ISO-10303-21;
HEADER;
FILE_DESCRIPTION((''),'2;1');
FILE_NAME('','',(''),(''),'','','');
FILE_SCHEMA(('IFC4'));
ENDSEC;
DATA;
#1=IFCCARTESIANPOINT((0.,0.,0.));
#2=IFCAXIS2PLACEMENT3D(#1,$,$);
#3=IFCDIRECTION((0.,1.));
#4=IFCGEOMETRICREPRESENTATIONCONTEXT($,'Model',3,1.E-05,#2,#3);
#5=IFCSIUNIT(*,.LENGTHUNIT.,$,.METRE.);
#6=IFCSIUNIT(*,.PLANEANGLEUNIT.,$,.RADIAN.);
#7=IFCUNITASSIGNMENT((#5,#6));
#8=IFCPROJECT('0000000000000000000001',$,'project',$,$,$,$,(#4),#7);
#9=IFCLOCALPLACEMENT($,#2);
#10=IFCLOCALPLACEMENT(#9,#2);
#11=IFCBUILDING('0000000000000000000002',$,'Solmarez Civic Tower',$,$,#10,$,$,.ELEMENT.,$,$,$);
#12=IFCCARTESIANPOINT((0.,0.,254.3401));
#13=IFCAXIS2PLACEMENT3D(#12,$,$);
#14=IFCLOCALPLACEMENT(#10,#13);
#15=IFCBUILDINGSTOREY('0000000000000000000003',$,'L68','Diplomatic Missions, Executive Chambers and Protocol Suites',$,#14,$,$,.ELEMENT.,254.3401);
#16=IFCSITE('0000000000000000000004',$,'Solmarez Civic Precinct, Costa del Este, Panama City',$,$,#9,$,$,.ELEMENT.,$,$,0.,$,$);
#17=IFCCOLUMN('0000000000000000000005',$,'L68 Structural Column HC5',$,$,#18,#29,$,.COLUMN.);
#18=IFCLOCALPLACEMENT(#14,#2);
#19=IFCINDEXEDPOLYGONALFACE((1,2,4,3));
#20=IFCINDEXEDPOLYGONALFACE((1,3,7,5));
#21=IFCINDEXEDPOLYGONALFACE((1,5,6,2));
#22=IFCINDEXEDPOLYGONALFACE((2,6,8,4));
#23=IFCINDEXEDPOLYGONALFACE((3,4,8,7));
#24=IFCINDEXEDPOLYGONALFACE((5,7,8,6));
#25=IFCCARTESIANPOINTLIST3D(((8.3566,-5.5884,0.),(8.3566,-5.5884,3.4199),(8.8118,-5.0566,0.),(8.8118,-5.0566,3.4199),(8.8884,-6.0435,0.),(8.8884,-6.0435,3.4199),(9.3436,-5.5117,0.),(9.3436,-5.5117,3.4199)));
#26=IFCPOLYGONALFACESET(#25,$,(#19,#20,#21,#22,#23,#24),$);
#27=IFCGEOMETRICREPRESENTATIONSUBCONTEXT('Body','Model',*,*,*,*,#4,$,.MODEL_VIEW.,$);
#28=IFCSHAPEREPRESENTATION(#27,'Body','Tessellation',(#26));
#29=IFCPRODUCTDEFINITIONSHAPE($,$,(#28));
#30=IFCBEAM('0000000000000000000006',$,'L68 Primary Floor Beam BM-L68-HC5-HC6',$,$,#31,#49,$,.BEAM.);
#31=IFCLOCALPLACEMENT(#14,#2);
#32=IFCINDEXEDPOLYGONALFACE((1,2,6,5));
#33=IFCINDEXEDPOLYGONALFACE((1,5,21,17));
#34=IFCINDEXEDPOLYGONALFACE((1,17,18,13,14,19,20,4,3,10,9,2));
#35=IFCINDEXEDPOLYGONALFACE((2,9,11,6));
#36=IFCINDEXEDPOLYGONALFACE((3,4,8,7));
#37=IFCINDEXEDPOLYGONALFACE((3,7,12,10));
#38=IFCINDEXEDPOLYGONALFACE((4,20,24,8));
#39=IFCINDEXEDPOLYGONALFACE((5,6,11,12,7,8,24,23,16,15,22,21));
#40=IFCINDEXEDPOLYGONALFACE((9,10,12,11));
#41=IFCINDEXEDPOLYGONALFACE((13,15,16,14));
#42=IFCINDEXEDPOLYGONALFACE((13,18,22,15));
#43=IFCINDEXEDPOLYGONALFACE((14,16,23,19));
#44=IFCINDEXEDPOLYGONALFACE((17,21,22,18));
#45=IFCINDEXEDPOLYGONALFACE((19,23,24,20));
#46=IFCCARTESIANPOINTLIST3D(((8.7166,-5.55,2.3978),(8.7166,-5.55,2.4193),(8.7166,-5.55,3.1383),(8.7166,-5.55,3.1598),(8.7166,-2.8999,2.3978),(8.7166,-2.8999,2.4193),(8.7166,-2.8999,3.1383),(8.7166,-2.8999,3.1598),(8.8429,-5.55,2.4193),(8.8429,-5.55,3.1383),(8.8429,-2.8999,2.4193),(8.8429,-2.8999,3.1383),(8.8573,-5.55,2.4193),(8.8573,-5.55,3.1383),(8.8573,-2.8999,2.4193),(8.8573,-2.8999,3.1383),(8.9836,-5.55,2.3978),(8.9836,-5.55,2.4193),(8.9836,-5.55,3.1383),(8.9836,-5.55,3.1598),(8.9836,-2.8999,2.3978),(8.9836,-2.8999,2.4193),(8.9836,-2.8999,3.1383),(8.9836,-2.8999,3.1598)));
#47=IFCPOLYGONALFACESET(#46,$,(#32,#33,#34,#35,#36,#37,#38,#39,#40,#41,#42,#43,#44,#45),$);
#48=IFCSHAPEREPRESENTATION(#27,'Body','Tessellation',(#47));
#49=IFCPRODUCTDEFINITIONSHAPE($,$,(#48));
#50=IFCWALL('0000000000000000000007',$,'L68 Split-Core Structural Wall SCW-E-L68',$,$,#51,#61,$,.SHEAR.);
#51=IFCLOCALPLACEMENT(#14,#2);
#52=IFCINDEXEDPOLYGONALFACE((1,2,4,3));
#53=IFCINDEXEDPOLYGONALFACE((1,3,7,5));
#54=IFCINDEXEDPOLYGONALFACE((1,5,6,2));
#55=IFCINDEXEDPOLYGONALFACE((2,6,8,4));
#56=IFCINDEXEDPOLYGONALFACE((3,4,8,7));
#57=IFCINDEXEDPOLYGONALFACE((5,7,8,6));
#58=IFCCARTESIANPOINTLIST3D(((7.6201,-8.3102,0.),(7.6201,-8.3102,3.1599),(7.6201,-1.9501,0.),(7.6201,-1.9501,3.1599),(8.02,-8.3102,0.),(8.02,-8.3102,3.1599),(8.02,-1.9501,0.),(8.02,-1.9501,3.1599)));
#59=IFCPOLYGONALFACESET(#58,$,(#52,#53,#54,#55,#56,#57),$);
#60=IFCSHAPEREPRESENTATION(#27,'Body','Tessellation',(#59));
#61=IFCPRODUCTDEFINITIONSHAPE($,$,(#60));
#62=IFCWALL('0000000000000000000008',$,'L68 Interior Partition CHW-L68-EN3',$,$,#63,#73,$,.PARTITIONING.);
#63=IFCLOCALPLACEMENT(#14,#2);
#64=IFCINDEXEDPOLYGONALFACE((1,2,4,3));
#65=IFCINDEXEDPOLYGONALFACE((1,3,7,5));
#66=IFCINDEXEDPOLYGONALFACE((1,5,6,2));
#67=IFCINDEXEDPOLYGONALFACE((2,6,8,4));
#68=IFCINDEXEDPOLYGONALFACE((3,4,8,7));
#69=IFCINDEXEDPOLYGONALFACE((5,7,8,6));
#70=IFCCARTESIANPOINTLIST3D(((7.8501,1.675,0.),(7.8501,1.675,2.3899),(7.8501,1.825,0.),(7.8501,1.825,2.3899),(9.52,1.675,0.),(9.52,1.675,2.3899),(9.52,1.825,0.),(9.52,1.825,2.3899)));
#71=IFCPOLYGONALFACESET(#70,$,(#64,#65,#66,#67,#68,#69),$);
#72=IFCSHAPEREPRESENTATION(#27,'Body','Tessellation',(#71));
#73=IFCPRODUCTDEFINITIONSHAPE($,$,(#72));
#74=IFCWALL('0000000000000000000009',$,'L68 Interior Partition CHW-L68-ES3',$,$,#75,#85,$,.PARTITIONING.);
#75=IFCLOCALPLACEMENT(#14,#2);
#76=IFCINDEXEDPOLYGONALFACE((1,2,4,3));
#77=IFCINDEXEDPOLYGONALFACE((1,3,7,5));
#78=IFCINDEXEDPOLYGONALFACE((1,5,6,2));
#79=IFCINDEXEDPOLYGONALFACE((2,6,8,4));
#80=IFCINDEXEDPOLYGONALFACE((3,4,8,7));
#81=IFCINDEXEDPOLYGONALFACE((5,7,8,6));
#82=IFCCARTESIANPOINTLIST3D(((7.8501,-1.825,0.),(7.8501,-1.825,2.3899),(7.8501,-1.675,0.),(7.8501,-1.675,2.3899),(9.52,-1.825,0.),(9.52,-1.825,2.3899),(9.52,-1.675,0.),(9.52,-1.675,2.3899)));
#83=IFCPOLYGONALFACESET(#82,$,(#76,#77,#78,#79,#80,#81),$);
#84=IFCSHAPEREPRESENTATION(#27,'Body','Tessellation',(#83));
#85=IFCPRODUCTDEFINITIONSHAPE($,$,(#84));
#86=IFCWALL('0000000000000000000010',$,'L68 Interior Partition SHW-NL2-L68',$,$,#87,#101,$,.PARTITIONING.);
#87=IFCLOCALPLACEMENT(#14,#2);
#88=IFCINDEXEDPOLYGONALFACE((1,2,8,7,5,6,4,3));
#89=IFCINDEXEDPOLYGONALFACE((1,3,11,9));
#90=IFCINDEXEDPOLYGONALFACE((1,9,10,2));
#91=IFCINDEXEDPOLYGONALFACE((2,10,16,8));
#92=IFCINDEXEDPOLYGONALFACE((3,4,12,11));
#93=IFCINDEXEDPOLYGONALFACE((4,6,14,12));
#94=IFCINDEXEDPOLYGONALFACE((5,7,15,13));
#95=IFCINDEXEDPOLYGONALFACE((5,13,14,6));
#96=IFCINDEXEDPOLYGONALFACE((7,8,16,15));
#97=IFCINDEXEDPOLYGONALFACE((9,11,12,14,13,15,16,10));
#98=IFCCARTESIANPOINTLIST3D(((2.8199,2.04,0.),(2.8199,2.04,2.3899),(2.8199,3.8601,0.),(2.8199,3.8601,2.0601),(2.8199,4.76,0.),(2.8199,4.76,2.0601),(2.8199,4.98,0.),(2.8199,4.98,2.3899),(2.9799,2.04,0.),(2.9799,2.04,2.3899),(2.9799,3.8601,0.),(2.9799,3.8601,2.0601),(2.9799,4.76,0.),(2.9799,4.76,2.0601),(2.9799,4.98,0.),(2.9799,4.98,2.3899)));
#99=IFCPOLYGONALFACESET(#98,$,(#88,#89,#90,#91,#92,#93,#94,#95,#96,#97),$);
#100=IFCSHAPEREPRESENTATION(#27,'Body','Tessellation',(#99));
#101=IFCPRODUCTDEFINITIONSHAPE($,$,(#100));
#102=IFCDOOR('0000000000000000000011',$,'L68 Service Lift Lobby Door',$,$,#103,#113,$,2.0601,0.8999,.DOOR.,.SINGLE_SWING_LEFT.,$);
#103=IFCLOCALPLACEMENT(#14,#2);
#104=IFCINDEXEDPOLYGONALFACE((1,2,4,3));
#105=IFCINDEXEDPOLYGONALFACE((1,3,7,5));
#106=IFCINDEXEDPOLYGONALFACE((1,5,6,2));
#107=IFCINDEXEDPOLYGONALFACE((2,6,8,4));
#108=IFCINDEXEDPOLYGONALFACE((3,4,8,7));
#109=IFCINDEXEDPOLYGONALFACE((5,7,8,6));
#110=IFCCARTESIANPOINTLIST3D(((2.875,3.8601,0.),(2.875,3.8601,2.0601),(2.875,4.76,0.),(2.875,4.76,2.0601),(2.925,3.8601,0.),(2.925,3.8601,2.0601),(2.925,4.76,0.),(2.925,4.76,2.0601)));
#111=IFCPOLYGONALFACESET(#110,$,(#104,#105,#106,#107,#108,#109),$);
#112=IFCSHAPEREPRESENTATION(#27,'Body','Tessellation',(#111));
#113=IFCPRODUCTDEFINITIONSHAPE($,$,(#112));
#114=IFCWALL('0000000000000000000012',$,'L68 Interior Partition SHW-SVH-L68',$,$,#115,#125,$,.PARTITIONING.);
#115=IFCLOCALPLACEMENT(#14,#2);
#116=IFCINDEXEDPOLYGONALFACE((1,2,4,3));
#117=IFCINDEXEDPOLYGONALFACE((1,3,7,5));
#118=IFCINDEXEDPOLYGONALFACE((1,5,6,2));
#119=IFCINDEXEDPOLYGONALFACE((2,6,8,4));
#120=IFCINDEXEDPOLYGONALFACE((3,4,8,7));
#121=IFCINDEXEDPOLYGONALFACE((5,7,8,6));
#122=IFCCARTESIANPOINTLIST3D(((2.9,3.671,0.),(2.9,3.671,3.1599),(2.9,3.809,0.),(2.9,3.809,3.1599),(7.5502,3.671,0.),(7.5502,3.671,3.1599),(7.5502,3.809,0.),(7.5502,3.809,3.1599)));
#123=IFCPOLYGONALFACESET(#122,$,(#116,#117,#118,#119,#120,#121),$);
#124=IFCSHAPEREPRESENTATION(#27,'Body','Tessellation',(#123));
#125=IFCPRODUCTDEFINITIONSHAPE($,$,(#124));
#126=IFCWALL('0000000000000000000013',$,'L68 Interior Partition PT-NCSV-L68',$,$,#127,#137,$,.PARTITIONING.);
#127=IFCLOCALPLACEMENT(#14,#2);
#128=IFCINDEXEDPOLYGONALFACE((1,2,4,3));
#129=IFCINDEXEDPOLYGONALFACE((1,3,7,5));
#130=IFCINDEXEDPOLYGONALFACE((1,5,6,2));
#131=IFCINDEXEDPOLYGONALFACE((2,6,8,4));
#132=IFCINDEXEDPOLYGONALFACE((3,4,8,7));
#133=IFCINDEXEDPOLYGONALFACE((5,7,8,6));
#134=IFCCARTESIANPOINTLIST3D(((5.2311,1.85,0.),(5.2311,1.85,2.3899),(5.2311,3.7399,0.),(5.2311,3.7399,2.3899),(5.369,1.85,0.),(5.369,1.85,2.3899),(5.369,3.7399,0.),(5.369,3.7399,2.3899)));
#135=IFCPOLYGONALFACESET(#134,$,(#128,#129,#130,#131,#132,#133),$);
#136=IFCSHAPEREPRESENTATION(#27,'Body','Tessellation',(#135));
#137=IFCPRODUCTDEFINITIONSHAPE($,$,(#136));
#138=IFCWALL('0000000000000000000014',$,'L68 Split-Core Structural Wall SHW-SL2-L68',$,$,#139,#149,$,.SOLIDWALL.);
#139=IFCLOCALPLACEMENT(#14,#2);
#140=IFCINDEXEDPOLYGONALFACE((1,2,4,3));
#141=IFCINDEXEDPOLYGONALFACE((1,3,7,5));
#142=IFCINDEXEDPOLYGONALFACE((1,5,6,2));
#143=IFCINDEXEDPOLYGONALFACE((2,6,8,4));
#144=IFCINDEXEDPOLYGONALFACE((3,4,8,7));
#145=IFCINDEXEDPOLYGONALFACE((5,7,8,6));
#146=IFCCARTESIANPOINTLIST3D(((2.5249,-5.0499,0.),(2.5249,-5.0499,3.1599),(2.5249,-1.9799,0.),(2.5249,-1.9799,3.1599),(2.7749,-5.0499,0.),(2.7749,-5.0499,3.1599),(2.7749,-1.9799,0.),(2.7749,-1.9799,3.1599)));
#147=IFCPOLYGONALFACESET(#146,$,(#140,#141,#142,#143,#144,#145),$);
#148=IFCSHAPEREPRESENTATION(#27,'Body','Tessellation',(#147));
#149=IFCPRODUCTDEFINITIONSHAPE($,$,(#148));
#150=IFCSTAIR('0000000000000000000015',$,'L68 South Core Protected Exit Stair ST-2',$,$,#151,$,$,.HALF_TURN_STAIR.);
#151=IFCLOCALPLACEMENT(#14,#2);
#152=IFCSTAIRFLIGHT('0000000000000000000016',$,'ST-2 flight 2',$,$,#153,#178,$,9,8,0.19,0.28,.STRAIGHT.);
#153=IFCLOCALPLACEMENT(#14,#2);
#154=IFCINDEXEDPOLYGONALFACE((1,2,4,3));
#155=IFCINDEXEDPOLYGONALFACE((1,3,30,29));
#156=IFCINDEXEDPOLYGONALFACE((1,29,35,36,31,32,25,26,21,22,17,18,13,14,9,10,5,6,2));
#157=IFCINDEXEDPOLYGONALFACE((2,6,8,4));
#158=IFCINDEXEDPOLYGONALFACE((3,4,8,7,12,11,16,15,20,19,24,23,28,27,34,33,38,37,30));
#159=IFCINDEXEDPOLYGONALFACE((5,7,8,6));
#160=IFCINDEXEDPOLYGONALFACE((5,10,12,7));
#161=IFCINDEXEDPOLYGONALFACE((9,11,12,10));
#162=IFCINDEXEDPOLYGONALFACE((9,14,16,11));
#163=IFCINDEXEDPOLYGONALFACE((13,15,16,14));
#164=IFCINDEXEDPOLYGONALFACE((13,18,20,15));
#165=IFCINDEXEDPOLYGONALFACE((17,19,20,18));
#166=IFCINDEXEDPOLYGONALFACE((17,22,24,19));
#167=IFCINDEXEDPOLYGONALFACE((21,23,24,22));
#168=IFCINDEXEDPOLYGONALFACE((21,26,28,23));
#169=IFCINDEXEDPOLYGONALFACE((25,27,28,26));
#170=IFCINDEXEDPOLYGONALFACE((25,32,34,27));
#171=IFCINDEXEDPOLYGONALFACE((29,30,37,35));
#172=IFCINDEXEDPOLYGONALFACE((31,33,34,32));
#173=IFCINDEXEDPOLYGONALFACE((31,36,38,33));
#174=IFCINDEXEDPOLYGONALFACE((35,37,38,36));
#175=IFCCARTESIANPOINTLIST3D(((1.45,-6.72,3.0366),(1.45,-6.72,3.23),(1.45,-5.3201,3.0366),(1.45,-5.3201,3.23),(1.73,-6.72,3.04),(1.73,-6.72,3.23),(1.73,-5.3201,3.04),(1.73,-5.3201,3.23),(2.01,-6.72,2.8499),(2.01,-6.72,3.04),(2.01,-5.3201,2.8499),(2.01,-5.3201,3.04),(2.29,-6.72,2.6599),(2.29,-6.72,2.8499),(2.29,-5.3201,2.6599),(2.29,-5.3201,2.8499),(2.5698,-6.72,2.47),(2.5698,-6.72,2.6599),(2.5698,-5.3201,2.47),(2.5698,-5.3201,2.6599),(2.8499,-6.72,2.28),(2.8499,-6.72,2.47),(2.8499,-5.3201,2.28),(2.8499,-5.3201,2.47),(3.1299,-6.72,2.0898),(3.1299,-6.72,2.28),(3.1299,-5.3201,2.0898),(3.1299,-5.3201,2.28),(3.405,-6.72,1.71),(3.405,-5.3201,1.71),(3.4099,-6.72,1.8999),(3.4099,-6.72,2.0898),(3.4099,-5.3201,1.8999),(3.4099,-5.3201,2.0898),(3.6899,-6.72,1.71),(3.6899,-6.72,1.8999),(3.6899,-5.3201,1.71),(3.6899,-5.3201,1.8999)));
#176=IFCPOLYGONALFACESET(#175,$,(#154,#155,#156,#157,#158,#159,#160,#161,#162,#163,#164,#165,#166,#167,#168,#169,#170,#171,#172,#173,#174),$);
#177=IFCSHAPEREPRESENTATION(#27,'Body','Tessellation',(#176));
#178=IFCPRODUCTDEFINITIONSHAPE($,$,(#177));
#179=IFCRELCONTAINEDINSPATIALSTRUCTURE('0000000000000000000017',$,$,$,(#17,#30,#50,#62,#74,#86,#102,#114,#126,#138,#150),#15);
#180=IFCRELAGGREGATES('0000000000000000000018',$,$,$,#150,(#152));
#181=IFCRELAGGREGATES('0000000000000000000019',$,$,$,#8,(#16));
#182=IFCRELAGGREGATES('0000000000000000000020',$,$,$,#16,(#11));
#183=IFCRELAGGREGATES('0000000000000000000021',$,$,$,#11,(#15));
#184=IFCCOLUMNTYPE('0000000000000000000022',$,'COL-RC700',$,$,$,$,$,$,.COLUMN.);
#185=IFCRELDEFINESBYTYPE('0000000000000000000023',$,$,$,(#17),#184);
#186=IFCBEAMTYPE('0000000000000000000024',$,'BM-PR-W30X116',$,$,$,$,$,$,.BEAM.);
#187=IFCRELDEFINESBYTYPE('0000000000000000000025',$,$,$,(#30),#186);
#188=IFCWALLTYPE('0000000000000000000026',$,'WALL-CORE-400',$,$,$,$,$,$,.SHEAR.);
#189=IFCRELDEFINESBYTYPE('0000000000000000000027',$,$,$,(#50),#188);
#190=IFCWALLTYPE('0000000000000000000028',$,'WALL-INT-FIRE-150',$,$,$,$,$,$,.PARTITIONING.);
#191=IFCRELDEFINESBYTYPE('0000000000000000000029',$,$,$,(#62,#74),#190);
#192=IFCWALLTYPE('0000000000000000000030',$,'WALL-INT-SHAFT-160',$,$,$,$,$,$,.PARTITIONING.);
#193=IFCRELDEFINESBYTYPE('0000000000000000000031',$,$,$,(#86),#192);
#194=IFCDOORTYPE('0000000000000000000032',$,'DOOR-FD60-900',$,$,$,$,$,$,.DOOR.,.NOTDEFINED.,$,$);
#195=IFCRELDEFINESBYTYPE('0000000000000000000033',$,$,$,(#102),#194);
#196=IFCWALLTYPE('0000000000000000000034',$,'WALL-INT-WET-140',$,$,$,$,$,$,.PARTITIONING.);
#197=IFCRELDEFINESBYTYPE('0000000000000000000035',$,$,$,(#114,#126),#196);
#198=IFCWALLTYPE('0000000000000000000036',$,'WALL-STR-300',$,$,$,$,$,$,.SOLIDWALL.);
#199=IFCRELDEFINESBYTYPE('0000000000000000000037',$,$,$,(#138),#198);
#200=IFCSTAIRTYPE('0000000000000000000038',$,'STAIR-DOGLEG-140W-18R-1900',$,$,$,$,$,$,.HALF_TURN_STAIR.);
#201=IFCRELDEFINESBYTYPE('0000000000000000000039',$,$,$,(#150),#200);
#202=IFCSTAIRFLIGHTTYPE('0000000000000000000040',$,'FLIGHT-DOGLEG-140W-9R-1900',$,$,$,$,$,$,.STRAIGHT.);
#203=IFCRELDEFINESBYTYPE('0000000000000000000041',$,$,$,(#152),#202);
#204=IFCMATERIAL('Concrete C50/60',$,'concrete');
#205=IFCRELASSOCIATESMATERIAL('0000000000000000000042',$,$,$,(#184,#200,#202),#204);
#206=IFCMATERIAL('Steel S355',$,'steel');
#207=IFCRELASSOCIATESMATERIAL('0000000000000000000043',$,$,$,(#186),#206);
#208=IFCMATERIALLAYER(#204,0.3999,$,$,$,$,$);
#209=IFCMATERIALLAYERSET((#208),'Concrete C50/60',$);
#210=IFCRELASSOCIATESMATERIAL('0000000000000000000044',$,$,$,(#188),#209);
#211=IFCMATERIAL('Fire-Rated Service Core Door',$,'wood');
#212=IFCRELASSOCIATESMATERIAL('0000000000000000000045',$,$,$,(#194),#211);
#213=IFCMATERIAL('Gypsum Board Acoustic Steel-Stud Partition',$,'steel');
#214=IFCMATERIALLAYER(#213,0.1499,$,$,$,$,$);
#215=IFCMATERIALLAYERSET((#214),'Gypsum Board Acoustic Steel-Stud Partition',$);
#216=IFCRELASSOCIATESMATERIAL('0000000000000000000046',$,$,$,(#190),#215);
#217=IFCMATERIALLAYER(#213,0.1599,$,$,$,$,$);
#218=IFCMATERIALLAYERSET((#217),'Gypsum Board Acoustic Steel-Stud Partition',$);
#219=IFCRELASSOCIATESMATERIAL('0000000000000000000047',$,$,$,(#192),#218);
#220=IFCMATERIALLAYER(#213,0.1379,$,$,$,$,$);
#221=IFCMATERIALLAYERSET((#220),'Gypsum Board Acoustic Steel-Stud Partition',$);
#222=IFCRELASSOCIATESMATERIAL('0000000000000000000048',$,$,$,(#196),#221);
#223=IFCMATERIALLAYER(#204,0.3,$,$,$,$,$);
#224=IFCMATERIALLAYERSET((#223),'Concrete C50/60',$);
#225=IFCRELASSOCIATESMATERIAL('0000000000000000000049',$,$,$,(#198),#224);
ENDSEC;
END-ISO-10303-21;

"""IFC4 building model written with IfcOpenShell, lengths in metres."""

from ifc_helpers import new_model, si_unit, direction, frame, frame_2d, origin, origin_2d, place, context, subcontext, project, spatial, polyline, rectangle, i_section, outline, extrude, material, layer, layer_set, material_profile, profile_set, type_object, element, fill, aggregate, save


model = new_model("IFC4")

# Units and contexts
model_context = context("Model", 3, precision=1e-05, world=origin(), true_north=direction((0.0, 1.0)))
body_context = subcontext(model_context, "Body", "Model", "MODEL_VIEW")
ifc_project = project(units=[si_unit("LENGTHUNIT", "METRE"), si_unit("PLANEANGLEUNIT", "RADIAN")], contexts=[model_context])

# Site, building, storey
site_placement = place(None, origin())
site = spatial("IfcSite", under=ifc_project, at=site_placement, Name="Solmarez Civic Precinct, Costa del Este, Panama City", CompositionType="ELEMENT", RefElevation=0.0)
building_placement = place(site_placement, origin())
building = spatial("IfcBuilding", under=site, at=building_placement, Name="Solmarez Civic Tower", CompositionType="ELEMENT")
storey_placement = place(building_placement, frame((0.0, 0.0, 254.3401)))
storey = spatial("IfcBuildingStorey", under=building, at=storey_placement, Name="L68", Description="Diplomatic Missions, Executive Chambers and Protocol Suites", CompositionType="ELEMENT", Elevation=254.3401)

# Column
ifc_material_1 = material(Name="Concrete C50/60", Category="concrete")
ifc_material_profile_1 = material_profile(ifc_material_1, rectangle(XDim=0.7, YDim=0.7, at=origin_2d()), Name="RC700X700")
ifc_profile_set_1 = profile_set([ifc_material_profile_1], Name="Concrete C50/60")
column_type = type_object("IfcColumnType", Name="COL-RC700", PredefinedType="COLUMN", material=ifc_profile_set_1)
column_placement = place(storey_placement, frame((8.8501, -5.55, 0.0), z_axis=(0.0, 0.0, 1.0), x_axis=(0.650244, 0.759725, 0.0)))
element("IfcColumn", 1, at=column_placement, inside=storey, type_object=column_type, Name="L68 Structural Column HC5", PredefinedType="COLUMN", context=body_context, shape_type="SweptSolid", body=[
    extrude(rectangle(XDim=0.7, YDim=0.7, at=origin_2d()), origin(), (0.0, 0.0, 1.0), 3.4199),
])

# Beam
ifc_material_2 = material(Name="Steel S355", Category="steel")
ifc_material_profile_2 = material_profile(ifc_material_2, i_section(OverallWidth=0.2671, OverallDepth=0.762, WebThickness=0.0144, FlangeThickness=0.0215, at=origin_2d()), Name="W30X116")
ifc_profile_set_2 = profile_set([ifc_material_profile_2], Name="Steel S355")
beam_type = type_object("IfcBeamType", Name="BM-PR-W30X116", PredefinedType="BEAM", material=ifc_profile_set_2)
beam_placement = place(storey_placement, frame((8.8501, -5.55, 2.7788), z_axis=(0.0, 1.0, 0.0), x_axis=(-1.0, 0.0, 0.0)))
element("IfcBeam", 2, at=beam_placement, inside=storey, type_object=beam_type, Name="L68 Primary Floor Beam BM-L68-HC5-HC6", PredefinedType="BEAM", context=body_context, shape_type="SweptSolid", body=[
    extrude(i_section(OverallWidth=0.2671, OverallDepth=0.762, WebThickness=0.0144, FlangeThickness=0.0215, at=origin_2d()), origin(), (0.0, 0.0, 1.0), 2.6501),
])

# Shared definitions
ifc_layer_1 = layer(ifc_material_1, 0.3999)
ifc_layer_set_1 = layer_set([ifc_layer_1], Name="Concrete C50/60")
wall_type_1 = type_object("IfcWallType", Name="WALL-CORE-400", PredefinedType="SHEAR", material=ifc_layer_set_1)
ifc_material_3 = material(Name="Fire-Rated Service Core Door", Category="wood")
door_type_1 = type_object("IfcDoorType", Name="DOOR-FD60-900", OperationType="NOTDEFINED", PredefinedType="DOOR", material=ifc_material_3)

# Walls
wall_1_placement = place(storey_placement, frame((7.8201, -1.95, 0.0), z_axis=(0.0, 0.0, 1.0), x_axis=(0.0, -1.0, 0.0)))
element("IfcWall", 3, at=wall_1_placement, inside=storey, type_object=wall_type_1, Name="L68 Split-Core Structural Wall SCW-E-L68", PredefinedType="SHEAR", context=body_context, shape_type="SweptSolid", body=[
    extrude(rectangle(XDim=6.3601, YDim=0.3999, at=frame_2d((3.1802, 0.0))), origin(), (0.0, 0.0, 1.0), 3.1599),
])
ifc_material_4 = material(Name="Gypsum Board Acoustic Steel-Stud Partition", Category="steel")
ifc_layer_2 = layer(ifc_material_4, 0.1499)
ifc_layer_set_2 = layer_set([ifc_layer_2], Name="Gypsum Board Acoustic Steel-Stud Partition")
wall_type_2 = type_object("IfcWallType", Name="WALL-INT-FIRE-150", PredefinedType="PARTITIONING", material=ifc_layer_set_2)
for number, where, z_axis, x_axis, name in (
    (4, (7.8501, 1.75, 0.0), (0.0, 0.0, 1.0), (1.0, 0.0, 0.0), "L68 Interior Partition CHW-L68-EN3"),
    (5, (7.8501, -1.75, 0.0), (0.0, 0.0, 1.0), (1.0, 0.0, 0.0), "L68 Interior Partition CHW-L68-ES3"),
):
    element("IfcWall", number, at=place(storey_placement, frame(where, z_axis=z_axis, x_axis=x_axis)), inside=storey, type_object=wall_type_2, Name=name, PredefinedType="PARTITIONING", context=body_context, shape_type="SweptSolid", body=[
        extrude(rectangle(XDim=1.6699, YDim=0.1499, at=frame_2d((0.835, 0.0))), origin(), (0.0, 0.0, 1.0), 2.3899),
    ])

# Wall, opening, door
ifc_layer_3 = layer(ifc_material_4, 0.1599)
ifc_layer_set_3 = layer_set([ifc_layer_3], Name="Gypsum Board Acoustic Steel-Stud Partition")
wall_type_3 = type_object("IfcWallType", Name="WALL-INT-SHAFT-160", PredefinedType="PARTITIONING", material=ifc_layer_set_3)
wall_2_placement = place(storey_placement, frame((2.8999, 2.04, 0.0), z_axis=(0.0, 0.0, 1.0), x_axis=(0.0, 1.0, 0.0)))
wall_2 = element("IfcWall", 6, at=wall_2_placement, inside=storey, type_object=wall_type_3, Name="L68 Interior Partition SHW-NL2-L68", PredefinedType="PARTITIONING", context=body_context, shape_type="SweptSolid", body=[
    extrude(rectangle(XDim=2.9399, YDim=0.1599, at=frame_2d((1.47, 0.0))), origin(), (0.0, 0.0, 1.0), 2.3899),
])
opening_1_placement = place(wall_2_placement, frame((1.8201, 0.0, 0.0)))
opening_1 = element("IfcOpeningElement", 7, at=opening_1_placement, cuts=wall_2, PredefinedType="OPENING", context=body_context, shape_type="SweptSolid", body=[
    extrude(rectangle(XDim=0.8999, YDim=2.0601, at=frame_2d((0.45, 1.03))), frame((0.0, 0.0898, 0.0), z_axis=(0.0, -1.0, 0.0), x_axis=(1.0, 0.0, 0.0)), (0.0, 0.0, 1.0), 0.1799),
])
door_1_placement = place(opening_1_placement, origin())
door_1 = element("IfcDoor", 8, at=door_1_placement, inside=storey, type_object=door_type_1, Name="L68 Service Lift Lobby Door", OperationType="SINGLE_SWING_LEFT", OverallHeight=2.0601, OverallWidth=0.8999, PredefinedType="DOOR", context=body_context, shape_type="SweptSolid", body=[
    extrude(rectangle(XDim=0.8999, YDim=2.0601, at=frame_2d((0.45, 1.03))), frame((0.0, 0.0249, 0.0), z_axis=(0.0, -1.0, 0.0), x_axis=(1.0, 0.0, 0.0)), (0.0, 0.0, 1.0), 0.05),
])
fill(opening_1, door_1)

# Walls
ifc_layer_4 = layer(ifc_material_4, 0.1379)
ifc_layer_set_4 = layer_set([ifc_layer_4], Name="Gypsum Board Acoustic Steel-Stud Partition")
wall_type_4 = type_object("IfcWallType", Name="WALL-INT-WET-140", PredefinedType="PARTITIONING", material=ifc_layer_set_4)
wall_3_placement = place(storey_placement, frame((2.8999, 3.74, 0.0), z_axis=(0.0, 0.0, 1.0), x_axis=(1.0, 0.0, 0.0)))
element("IfcWall", 9, at=wall_3_placement, inside=storey, type_object=wall_type_4, Name="L68 Interior Partition SHW-SVH-L68", PredefinedType="PARTITIONING", context=body_context, shape_type="SweptSolid", body=[
    extrude(rectangle(XDim=4.6501, YDim=0.1379, at=frame_2d((2.3252, 0.0))), origin(), (0.0, 0.0, 1.0), 3.1599),
])
wall_4_placement = place(storey_placement, frame((5.3, 1.8501, 0.0), z_axis=(0.0, 0.0, 1.0), x_axis=(0.0, 1.0, 0.0)))
element("IfcWall", 10, at=wall_4_placement, inside=storey, type_object=wall_type_4, Name="L68 Interior Partition PT-NCSV-L68", PredefinedType="PARTITIONING", context=body_context, shape_type="SweptSolid", body=[
    extrude(rectangle(XDim=1.8899, YDim=0.1379, at=frame_2d((0.9448, 0.0))), origin(), (0.0, 0.0, 1.0), 2.3899),
])
ifc_layer_5 = layer(ifc_material_1, 0.3)
ifc_layer_set_5 = layer_set([ifc_layer_5], Name="Concrete C50/60")
wall_type_5 = type_object("IfcWallType", Name="WALL-STR-300", PredefinedType="SOLIDWALL", material=ifc_layer_set_5)
wall_5_placement = place(storey_placement, frame((2.6499, -5.05, 0.0), z_axis=(0.0, 0.0, 1.0), x_axis=(0.0, 1.0, 0.0)))
element("IfcWall", 11, at=wall_5_placement, inside=storey, type_object=wall_type_5, Name="L68 Split-Core Structural Wall SHW-SL2-L68", PredefinedType="SOLIDWALL", context=body_context, shape_type="SweptSolid", body=[
    extrude(rectangle(XDim=3.0701, YDim=0.25, at=frame_2d((1.5352, 0.0))), origin(), (0.0, 0.0, 1.0), 3.1599),
])

# Stair, stair flight
stair_type = type_object("IfcStairType", Name="STAIR-DOGLEG-140W-18R-1900", PredefinedType="HALF_TURN_STAIR", material=ifc_material_1)
stair_placement = place(storey_placement, origin())
stair = element("IfcStair", 12, at=stair_placement, inside=storey, type_object=stair_type, Name="L68 South Core Protected Exit Stair ST-2", PredefinedType="HALF_TURN_STAIR")
stair_flight_type = type_object("IfcStairFlightType", Name="FLIGHT-DOGLEG-140W-9R-1900", PredefinedType="STRAIGHT", material=ifc_material_1)
stair_flight_placement = place(storey_placement, frame((3.6899, -6.02, 1.71), z_axis=(0.0, 0.0, 1.0), x_axis=(-1.0, 0.0, 0.0)))
stair_flight = element("IfcStairFlight", 13, at=stair_flight_placement, type_object=stair_flight_type, Name="ST-2 flight 2", NumberOfRisers=9, NumberOfTreads=8, PredefinedType="STRAIGHT", RiserHeight=0.19, TreadLength=0.28, context=body_context, shape_type="SweptSolid", body=[
    extrude(outline(polyline([(0.0, 0.0), (0.0, 0.1899), (0.28, 0.1899), (0.28, 0.3799), (0.5601, 0.3799), (0.5601, 0.5701), (0.8401, 0.5701), (0.8401, 0.76), (1.1201, 0.76), (1.1201, 0.95), (1.3999, 0.95), (1.3999, 1.1399), (1.6799, 1.1399), (1.6799, 1.3301), (1.96, 1.3301), (1.96, 1.52), (2.24, 1.52), (2.24, 1.71), (2.24, 1.3267), (0.2849, 0.0), (0.0, 0.0)])), frame((0.0, 0.7, 0.0), z_axis=(0.0, -1.0, 0.0), x_axis=(1.0, 0.0, 0.0)), (0.0, 0.0, 1.0), 1.3999),
])
aggregate(stair, [stair_flight])

save(model, "model.ifc")
